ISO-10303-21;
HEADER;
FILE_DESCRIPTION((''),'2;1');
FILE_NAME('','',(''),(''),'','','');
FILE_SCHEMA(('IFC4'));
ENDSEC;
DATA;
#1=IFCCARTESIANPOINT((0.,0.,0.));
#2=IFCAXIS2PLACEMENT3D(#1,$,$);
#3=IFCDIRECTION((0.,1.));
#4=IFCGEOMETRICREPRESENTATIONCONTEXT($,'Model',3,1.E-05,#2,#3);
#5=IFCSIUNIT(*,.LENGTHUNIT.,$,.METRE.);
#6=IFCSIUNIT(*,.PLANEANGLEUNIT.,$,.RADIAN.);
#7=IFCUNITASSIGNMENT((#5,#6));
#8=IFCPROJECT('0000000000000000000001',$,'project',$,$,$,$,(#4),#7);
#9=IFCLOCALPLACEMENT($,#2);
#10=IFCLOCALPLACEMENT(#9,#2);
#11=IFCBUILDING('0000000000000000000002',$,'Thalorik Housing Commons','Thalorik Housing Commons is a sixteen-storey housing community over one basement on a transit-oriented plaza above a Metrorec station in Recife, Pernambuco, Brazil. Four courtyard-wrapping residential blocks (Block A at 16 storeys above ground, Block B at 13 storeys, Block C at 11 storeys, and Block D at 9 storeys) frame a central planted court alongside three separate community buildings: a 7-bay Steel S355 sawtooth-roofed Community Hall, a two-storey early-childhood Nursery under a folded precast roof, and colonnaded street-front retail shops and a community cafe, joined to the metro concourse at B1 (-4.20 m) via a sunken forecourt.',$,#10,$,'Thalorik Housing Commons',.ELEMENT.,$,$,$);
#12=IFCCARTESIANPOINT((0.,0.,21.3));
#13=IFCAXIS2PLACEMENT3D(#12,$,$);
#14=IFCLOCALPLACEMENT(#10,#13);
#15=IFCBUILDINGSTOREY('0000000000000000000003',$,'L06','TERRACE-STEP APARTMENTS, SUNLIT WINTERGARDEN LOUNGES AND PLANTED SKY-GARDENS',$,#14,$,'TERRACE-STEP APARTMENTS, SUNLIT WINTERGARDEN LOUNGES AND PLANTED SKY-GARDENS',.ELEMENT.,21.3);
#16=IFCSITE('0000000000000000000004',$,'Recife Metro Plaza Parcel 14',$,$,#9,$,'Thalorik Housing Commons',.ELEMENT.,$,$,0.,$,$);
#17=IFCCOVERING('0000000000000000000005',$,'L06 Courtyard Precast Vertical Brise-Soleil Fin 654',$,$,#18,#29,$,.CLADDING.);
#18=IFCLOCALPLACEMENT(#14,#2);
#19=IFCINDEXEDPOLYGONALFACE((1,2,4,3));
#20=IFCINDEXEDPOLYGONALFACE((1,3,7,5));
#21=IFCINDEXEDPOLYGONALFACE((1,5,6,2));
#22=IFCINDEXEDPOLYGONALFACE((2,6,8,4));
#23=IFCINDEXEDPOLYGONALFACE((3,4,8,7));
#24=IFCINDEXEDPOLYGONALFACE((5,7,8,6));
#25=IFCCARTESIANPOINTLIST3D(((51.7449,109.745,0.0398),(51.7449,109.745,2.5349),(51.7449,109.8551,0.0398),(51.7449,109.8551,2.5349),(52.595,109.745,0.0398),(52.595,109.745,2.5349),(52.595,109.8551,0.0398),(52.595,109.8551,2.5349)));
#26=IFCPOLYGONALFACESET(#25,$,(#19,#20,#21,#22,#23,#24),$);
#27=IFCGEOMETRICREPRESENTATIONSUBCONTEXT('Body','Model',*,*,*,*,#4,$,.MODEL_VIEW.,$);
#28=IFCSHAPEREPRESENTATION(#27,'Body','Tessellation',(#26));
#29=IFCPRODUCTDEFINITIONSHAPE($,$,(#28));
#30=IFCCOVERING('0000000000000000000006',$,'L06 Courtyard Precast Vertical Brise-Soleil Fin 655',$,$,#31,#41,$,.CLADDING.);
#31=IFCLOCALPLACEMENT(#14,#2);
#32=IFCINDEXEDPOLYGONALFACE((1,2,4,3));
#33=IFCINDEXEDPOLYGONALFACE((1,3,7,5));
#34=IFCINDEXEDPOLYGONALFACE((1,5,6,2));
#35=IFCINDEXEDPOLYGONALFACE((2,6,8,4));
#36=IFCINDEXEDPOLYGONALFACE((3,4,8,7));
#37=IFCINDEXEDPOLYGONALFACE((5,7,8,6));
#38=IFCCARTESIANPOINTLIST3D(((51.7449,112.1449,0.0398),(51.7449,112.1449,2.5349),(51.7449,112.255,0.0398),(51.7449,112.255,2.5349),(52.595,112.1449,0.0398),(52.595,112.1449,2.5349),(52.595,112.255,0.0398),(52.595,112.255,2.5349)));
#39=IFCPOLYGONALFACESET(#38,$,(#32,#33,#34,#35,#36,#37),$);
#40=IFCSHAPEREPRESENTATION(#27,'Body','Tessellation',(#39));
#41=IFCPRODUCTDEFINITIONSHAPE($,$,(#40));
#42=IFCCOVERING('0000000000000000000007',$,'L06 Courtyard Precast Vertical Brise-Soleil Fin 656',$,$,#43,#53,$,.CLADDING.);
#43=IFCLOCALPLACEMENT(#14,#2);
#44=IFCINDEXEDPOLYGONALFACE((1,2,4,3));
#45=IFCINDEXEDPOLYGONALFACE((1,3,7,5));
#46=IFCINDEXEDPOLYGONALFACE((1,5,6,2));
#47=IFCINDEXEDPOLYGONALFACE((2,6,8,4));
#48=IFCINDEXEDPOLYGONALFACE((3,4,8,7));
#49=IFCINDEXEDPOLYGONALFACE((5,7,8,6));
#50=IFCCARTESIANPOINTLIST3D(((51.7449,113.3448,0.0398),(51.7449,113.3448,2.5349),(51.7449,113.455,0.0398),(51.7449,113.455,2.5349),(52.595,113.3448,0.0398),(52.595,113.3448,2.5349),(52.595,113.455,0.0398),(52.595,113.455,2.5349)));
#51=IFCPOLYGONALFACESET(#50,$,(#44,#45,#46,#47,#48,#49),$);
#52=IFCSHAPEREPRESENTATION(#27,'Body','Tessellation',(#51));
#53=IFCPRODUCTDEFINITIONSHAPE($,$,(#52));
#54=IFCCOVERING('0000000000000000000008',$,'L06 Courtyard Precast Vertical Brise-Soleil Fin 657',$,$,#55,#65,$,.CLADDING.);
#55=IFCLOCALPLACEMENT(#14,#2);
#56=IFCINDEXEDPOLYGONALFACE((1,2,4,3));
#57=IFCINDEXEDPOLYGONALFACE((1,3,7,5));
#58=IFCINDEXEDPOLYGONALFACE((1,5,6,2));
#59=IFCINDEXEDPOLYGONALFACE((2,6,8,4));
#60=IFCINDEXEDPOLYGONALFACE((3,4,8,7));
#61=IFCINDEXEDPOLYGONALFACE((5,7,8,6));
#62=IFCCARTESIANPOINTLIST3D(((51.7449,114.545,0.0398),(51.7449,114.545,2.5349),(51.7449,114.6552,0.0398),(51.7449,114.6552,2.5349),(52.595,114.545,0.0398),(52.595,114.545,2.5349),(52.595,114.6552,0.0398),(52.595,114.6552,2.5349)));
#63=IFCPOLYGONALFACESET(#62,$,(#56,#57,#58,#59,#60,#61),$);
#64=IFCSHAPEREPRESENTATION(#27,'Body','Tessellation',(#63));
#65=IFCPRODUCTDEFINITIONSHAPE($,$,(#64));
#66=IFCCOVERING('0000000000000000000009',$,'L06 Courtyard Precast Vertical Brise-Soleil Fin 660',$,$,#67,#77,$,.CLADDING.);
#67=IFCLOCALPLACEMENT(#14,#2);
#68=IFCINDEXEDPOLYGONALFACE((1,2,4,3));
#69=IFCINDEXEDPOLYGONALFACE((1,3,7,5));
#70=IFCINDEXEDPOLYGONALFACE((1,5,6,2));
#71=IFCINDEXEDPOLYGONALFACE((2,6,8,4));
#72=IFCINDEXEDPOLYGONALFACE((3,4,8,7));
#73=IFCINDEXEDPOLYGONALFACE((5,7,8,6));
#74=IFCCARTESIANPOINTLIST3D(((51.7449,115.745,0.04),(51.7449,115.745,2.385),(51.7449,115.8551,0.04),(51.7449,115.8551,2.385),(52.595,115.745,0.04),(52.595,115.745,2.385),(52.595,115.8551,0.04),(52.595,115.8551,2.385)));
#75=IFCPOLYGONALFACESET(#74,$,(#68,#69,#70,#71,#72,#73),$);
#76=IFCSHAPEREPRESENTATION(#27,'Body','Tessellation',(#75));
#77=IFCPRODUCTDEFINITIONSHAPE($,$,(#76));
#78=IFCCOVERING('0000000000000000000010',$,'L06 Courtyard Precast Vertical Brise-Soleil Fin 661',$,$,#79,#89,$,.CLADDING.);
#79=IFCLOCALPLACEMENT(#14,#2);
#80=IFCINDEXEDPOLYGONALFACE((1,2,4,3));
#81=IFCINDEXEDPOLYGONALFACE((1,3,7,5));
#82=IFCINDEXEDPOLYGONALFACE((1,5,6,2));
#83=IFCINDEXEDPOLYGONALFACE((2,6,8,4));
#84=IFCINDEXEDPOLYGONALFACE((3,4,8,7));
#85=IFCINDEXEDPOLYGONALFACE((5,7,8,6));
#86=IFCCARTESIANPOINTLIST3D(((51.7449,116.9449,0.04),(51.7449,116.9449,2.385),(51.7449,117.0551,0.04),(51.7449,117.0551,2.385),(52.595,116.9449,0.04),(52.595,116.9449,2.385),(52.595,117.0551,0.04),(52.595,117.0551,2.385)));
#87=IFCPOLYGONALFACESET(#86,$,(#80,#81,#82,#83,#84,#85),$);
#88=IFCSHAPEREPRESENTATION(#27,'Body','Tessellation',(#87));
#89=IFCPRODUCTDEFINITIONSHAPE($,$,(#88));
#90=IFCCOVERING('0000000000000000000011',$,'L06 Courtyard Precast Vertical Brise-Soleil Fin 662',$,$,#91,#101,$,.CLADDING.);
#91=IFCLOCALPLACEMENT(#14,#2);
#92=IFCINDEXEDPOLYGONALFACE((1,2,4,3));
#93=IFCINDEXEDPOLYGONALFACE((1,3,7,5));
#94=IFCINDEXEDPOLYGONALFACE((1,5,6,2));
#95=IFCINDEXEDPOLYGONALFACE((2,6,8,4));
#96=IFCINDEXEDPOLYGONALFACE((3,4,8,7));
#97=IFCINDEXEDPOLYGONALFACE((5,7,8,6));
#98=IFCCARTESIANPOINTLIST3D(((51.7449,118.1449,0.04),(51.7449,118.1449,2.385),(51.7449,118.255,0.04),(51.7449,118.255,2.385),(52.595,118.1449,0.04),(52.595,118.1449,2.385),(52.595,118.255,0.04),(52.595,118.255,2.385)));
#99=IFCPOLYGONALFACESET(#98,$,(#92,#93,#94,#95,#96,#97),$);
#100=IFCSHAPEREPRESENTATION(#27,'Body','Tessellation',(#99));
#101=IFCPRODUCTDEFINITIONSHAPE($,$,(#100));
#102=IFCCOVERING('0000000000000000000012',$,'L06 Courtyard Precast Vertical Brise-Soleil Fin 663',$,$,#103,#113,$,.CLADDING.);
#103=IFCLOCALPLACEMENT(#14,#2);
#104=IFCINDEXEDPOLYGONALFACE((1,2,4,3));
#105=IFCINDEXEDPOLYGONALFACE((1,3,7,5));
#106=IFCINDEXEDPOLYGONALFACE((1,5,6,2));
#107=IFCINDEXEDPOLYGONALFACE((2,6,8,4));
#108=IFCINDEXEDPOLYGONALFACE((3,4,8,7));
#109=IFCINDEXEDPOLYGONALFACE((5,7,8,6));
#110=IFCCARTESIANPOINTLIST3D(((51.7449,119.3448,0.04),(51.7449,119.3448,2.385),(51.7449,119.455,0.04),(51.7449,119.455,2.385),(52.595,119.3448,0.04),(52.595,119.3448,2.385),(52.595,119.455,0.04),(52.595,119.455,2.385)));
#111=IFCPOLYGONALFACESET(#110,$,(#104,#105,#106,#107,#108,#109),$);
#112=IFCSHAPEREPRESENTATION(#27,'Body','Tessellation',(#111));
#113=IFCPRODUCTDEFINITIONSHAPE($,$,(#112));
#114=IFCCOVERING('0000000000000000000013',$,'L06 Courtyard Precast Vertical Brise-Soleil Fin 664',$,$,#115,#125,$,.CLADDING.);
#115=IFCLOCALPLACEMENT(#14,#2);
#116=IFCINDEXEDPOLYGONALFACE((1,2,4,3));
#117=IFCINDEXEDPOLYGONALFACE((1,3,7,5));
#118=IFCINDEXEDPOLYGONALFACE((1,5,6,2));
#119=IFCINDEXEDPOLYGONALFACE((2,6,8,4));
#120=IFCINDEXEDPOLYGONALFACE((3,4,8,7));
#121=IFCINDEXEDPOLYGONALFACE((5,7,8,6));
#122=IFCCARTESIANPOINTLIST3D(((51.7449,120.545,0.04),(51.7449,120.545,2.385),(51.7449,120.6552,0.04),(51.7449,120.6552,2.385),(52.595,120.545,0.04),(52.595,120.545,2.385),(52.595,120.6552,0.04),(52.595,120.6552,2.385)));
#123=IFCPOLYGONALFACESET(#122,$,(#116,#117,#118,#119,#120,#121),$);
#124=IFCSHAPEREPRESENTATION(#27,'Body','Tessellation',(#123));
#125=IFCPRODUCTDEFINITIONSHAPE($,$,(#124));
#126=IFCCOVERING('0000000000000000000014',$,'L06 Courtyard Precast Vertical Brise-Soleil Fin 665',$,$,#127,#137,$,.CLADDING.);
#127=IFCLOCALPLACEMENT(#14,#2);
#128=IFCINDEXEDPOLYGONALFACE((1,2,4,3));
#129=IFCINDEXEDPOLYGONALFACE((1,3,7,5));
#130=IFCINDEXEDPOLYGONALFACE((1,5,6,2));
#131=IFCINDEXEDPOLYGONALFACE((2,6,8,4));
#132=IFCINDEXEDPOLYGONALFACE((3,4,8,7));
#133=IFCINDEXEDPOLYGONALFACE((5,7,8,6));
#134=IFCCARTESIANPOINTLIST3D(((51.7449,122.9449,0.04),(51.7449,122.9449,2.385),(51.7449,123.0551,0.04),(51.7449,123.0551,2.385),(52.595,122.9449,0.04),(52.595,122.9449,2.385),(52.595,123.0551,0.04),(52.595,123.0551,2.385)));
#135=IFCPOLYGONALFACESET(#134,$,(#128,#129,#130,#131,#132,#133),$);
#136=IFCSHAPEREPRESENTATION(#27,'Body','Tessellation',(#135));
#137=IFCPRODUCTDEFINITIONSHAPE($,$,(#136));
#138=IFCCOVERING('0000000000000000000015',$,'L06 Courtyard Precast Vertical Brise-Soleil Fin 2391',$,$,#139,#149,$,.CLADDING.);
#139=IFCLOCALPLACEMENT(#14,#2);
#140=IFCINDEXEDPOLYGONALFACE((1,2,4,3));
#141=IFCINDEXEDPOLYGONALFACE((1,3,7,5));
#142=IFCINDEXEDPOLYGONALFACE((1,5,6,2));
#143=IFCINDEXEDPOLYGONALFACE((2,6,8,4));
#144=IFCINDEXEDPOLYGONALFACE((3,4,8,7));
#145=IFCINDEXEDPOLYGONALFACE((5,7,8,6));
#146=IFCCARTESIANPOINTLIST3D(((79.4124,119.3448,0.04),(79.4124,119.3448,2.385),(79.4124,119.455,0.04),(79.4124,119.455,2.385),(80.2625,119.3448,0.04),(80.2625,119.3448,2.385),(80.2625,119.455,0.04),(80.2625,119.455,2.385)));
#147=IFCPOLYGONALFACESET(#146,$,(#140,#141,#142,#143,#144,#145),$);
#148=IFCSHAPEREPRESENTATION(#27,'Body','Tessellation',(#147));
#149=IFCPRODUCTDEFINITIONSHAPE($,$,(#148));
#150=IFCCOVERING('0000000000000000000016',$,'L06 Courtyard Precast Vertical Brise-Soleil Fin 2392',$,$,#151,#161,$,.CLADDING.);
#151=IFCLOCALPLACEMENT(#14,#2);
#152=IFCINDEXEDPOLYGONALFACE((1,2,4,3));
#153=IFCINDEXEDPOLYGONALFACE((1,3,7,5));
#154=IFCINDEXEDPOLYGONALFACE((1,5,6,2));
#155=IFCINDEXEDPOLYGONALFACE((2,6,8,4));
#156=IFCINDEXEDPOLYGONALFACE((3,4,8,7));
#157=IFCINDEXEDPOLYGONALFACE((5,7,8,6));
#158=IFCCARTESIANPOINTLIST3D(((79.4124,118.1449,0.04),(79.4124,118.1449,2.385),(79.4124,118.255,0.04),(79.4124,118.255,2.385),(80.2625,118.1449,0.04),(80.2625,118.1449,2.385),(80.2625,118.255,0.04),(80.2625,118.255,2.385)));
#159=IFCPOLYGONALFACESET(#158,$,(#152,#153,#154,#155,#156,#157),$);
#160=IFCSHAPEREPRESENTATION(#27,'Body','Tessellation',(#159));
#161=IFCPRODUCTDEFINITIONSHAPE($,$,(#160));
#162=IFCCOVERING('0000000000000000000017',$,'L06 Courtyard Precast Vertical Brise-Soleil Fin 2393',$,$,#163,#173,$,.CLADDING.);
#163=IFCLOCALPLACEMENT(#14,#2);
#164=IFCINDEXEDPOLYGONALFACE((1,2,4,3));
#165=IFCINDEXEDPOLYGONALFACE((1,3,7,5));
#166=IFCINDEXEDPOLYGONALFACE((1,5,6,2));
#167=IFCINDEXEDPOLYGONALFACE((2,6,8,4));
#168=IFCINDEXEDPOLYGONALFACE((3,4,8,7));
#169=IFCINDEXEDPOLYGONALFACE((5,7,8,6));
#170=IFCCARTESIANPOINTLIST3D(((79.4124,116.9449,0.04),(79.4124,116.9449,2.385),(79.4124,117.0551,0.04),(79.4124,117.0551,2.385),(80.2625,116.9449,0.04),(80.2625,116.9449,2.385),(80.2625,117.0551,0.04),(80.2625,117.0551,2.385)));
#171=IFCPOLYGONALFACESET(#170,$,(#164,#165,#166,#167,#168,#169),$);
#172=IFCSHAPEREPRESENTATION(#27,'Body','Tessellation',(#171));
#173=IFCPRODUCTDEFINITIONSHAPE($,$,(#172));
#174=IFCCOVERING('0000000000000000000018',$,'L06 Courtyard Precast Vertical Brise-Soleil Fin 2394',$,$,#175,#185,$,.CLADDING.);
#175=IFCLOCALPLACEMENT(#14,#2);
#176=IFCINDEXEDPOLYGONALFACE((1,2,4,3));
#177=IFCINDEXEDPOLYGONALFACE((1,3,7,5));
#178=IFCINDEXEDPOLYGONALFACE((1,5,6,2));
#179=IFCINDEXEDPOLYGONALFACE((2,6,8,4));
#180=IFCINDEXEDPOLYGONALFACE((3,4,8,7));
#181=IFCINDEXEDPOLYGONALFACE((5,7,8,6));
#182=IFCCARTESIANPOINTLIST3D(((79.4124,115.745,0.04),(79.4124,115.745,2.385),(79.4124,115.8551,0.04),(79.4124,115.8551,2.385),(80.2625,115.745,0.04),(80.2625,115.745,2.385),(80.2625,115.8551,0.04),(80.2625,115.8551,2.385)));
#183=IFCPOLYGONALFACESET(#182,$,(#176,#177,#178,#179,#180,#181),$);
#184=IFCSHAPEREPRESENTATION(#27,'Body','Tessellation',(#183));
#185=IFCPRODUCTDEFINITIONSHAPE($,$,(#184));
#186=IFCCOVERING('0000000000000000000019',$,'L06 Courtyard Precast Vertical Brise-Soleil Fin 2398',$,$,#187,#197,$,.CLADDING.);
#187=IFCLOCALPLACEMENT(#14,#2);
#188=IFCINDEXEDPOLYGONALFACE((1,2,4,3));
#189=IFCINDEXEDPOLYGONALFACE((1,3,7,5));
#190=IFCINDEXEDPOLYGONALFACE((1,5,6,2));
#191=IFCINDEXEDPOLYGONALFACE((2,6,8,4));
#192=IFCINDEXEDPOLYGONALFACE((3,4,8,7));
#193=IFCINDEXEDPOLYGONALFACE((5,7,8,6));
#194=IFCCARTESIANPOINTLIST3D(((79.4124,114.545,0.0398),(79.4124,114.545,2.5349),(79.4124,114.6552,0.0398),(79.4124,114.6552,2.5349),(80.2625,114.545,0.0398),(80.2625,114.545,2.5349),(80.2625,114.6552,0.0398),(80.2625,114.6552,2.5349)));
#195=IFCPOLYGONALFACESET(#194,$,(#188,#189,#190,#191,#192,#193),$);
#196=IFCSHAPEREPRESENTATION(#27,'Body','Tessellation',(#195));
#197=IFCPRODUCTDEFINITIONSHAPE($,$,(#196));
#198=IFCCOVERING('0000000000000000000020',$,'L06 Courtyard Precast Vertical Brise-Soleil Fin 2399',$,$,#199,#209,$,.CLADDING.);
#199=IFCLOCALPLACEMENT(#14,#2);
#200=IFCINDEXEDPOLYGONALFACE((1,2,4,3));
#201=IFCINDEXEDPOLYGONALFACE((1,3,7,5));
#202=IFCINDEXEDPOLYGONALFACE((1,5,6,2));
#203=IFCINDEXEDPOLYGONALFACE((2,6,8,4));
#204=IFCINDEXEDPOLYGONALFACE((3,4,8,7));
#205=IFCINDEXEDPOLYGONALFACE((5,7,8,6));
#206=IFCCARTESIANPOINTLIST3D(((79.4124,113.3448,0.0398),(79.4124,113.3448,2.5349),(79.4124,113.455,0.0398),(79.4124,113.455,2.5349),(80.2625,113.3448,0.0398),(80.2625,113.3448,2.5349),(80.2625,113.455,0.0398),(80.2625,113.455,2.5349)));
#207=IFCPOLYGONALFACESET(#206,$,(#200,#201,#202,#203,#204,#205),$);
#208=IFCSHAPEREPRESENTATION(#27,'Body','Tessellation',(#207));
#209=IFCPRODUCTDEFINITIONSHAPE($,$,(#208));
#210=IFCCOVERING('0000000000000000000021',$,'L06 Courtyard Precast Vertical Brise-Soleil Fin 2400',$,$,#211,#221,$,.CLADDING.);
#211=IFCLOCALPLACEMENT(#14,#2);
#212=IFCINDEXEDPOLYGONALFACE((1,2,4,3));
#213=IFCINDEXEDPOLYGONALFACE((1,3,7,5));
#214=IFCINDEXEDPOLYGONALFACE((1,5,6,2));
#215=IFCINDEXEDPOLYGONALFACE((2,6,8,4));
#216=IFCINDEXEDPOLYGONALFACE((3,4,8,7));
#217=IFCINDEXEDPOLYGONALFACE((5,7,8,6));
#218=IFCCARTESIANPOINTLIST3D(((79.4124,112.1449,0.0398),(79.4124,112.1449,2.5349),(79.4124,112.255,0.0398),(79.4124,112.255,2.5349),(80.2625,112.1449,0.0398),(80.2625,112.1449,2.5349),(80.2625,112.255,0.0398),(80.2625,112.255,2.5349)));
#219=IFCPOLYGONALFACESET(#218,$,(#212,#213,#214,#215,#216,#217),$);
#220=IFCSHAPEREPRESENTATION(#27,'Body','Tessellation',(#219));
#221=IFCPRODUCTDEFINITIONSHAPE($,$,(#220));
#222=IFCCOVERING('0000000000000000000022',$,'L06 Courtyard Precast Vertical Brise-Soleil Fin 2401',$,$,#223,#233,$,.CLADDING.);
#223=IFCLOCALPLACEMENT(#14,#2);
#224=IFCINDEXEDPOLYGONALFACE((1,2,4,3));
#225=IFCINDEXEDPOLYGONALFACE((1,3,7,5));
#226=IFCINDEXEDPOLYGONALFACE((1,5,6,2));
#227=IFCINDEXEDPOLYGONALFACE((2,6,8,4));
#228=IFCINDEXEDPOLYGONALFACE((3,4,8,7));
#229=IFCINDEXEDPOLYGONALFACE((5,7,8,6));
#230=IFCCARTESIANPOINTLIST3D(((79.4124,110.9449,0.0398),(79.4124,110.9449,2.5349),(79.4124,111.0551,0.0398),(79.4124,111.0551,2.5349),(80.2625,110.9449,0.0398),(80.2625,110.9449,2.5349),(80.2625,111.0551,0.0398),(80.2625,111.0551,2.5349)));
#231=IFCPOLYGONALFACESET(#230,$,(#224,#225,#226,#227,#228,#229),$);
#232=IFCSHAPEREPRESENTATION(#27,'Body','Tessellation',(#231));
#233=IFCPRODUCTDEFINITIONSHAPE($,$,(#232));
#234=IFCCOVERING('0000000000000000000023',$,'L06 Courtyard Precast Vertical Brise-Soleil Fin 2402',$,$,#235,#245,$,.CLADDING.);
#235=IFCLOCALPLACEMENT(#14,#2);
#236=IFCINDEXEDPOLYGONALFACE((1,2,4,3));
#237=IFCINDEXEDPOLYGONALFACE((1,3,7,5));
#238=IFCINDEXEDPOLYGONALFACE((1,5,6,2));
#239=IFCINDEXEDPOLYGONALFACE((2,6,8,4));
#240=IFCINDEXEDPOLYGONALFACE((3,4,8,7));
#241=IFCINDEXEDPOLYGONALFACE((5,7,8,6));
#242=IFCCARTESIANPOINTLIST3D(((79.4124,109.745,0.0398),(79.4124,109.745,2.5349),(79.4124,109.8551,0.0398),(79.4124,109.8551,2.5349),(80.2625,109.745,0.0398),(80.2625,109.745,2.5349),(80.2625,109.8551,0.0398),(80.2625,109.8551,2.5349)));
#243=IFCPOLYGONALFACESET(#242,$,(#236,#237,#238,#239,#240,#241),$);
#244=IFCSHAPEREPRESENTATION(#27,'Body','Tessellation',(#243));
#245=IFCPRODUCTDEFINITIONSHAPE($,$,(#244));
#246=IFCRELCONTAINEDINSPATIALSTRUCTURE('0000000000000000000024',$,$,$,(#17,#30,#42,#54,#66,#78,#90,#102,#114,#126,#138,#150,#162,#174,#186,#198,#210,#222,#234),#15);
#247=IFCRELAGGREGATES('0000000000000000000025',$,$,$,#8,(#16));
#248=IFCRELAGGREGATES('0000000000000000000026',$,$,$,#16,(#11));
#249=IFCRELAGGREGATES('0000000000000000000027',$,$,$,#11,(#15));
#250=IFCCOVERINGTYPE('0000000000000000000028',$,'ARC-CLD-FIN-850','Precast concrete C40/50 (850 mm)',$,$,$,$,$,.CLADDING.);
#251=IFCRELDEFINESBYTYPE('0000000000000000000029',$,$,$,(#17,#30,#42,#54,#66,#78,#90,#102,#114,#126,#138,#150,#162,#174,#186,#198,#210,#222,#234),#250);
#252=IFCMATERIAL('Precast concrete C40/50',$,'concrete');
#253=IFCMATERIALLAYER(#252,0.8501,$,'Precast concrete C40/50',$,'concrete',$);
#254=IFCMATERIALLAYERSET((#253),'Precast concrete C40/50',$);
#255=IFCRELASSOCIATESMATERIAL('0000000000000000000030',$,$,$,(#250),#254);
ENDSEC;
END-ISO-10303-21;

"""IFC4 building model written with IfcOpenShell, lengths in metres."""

from ifc_helpers import new_model, si_unit, direction, frame, origin, origin_2d, place, context, subcontext, project, spatial, rectangle, extrude, material, layer, layer_set, type_object, element, save


model = new_model("IFC4")

# Units and contexts
model_context = context("Model", 3, precision=1e-05, world=origin(), true_north=direction((0.0, 1.0)))
body_context = subcontext(model_context, "Body", "Model", "MODEL_VIEW")
ifc_project = project(units=[si_unit("LENGTHUNIT", "METRE"), si_unit("PLANEANGLEUNIT", "RADIAN")], contexts=[model_context])

# Site, building, storey
site_placement = place(None, origin())
site = spatial("IfcSite", under=ifc_project, at=site_placement, Name="Recife Metro Plaza Parcel 14", LongName="Thalorik Housing Commons", CompositionType="ELEMENT", RefElevation=0.0)
building_placement = place(site_placement, origin())
building = spatial("IfcBuilding", under=site, at=building_placement, Name="Thalorik Housing Commons", Description="Thalorik Housing Commons is a sixteen-storey housing community over one basement on a transit-oriented plaza above a Metrorec station in Recife, Pernambuco, Brazil. Four courtyard-wrapping residential blocks (Block A at 16 storeys above ground, Block B at 13 storeys, Block C at 11 storeys, and Block D at 9 storeys) frame a central planted court alongside three separate community buildings: a 7-bay Steel S355 sawtooth-roofed Community Hall, a two-storey early-childhood Nursery under a folded precast roof, and colonnaded street-front retail shops and a community cafe, joined to the metro concourse at B1 (-4.20 m) via a sunken forecourt.", LongName="Thalorik Housing Commons", CompositionType="ELEMENT")
storey_placement = place(building_placement, frame((0.0, 0.0, 21.3)))
storey = spatial("IfcBuildingStorey", under=building, at=storey_placement, Name="L06", Description="TERRACE-STEP APARTMENTS, SUNLIT WINTERGARDEN LOUNGES AND PLANTED SKY-GARDENS", LongName="TERRACE-STEP APARTMENTS, SUNLIT WINTERGARDEN LOUNGES AND PLANTED SKY-GARDENS", CompositionType="ELEMENT", Elevation=21.3)

# Coverings
ifc_material_1 = material(Name="Precast concrete C40/50", Category="concrete")
ifc_layer_1 = layer(ifc_material_1, 0.8501, Name="Precast concrete C40/50", Category="concrete")
ifc_layer_set_1 = layer_set([ifc_layer_1], Name="Precast concrete C40/50")
covering_type_1 = type_object("IfcCoveringType", Name="ARC-CLD-FIN-850", Description="Precast concrete C40/50 (850 mm)", PredefinedType="CLADDING", material=ifc_layer_set_1)
for number, where, z_axis, x_axis, name in (
    (1, (52.1699, 109.8, 0.0398), (0.0, 0.0, 1.0), (0.0, 1.0, 0.0), "L06 Courtyard Precast Vertical Brise-Soleil Fin 654"),
    (2, (52.1699, 112.2, 0.0398), (0.0, 0.0, 1.0), (0.0, 1.0, 0.0), "L06 Courtyard Precast Vertical Brise-Soleil Fin 655"),
    (3, (52.1699, 113.3999, 0.0398), (0.0, 0.0, 1.0), (0.0, 1.0, 0.0), "L06 Courtyard Precast Vertical Brise-Soleil Fin 656"),
    (4, (52.1699, 114.6001, 0.0398), (0.0, 0.0, 1.0), (0.0, 1.0, 0.0), "L06 Courtyard Precast Vertical Brise-Soleil Fin 657"),
):
    element("IfcCovering", number, at=place(storey_placement, frame(where, z_axis=z_axis, x_axis=x_axis)), inside=storey, type_object=covering_type_1, Name=name, PredefinedType="CLADDING", context=body_context, shape_type="SweptSolid", body=[
        extrude(rectangle(XDim=0.1101, YDim=0.8501, at=origin_2d()), origin(), (0.0, 0.0, 1.0), 2.4951),
    ])
for number, where, z_axis, x_axis, name in (
    (5, (52.1699, 115.8, 0.04), (0.0, 0.0, 1.0), (0.0, 1.0, 0.0), "L06 Courtyard Precast Vertical Brise-Soleil Fin 660"),
    (6, (52.1699, 117.0, 0.04), (0.0, 0.0, 1.0), (0.0, 1.0, 0.0), "L06 Courtyard Precast Vertical Brise-Soleil Fin 661"),
    (7, (52.1699, 118.2, 0.04), (0.0, 0.0, 1.0), (0.0, 1.0, 0.0), "L06 Courtyard Precast Vertical Brise-Soleil Fin 662"),
    (8, (52.1699, 119.3999, 0.04), (0.0, 0.0, 1.0), (0.0, 1.0, 0.0), "L06 Courtyard Precast Vertical Brise-Soleil Fin 663"),
    (9, (52.1699, 120.6001, 0.04), (0.0, 0.0, 1.0), (0.0, 1.0, 0.0), "L06 Courtyard Precast Vertical Brise-Soleil Fin 664"),
    (10, (52.1699, 123.0, 0.04), (0.0, 0.0, 1.0), (0.0, 1.0, 0.0), "L06 Courtyard Precast Vertical Brise-Soleil Fin 665"),
    (11, (79.8374, 119.3999, 0.04), (0.0, 0.0, 1.0), (0.0, -1.0, 0.0), "L06 Courtyard Precast Vertical Brise-Soleil Fin 2391"),
    (12, (79.8374, 118.2, 0.04), (0.0, 0.0, 1.0), (0.0, -1.0, 0.0), "L06 Courtyard Precast Vertical Brise-Soleil Fin 2392"),
    (13, (79.8374, 117.0, 0.04), (0.0, 0.0, 1.0), (0.0, -1.0, 0.0), "L06 Courtyard Precast Vertical Brise-Soleil Fin 2393"),
    (14, (79.8374, 115.8, 0.04), (0.0, 0.0, 1.0), (0.0, -1.0, 0.0), "L06 Courtyard Precast Vertical Brise-Soleil Fin 2394"),
):
    element("IfcCovering", number, at=place(storey_placement, frame(where, z_axis=z_axis, x_axis=x_axis)), inside=storey, type_object=covering_type_1, Name=name, PredefinedType="CLADDING", context=body_context, shape_type="SweptSolid", body=[
        extrude(rectangle(XDim=0.1101, YDim=0.8501, at=origin_2d()), origin(), (0.0, 0.0, 1.0), 2.345),
    ])
for number, where, z_axis, x_axis, name in (
    (15, (79.8374, 114.6001, 0.0398), (0.0, 0.0, 1.0), (0.0, -1.0, 0.0), "L06 Courtyard Precast Vertical Brise-Soleil Fin 2398"),
    (16, (79.8374, 113.3999, 0.0398), (0.0, 0.0, 1.0), (0.0, -1.0, 0.0), "L06 Courtyard Precast Vertical Brise-Soleil Fin 2399"),
    (17, (79.8374, 112.2, 0.0398), (0.0, 0.0, 1.0), (0.0, -1.0, 0.0), "L06 Courtyard Precast Vertical Brise-Soleil Fin 2400"),
    (18, (79.8374, 111.0, 0.0398), (0.0, 0.0, 1.0), (0.0, -1.0, 0.0), "L06 Courtyard Precast Vertical Brise-Soleil Fin 2401"),
    (19, (79.8374, 109.8, 0.0398), (0.0, 0.0, 1.0), (0.0, -1.0, 0.0), "L06 Courtyard Precast Vertical Brise-Soleil Fin 2402"),
):
    element("IfcCovering", number, at=place(storey_placement, frame(where, z_axis=z_axis, x_axis=x_axis)), inside=storey, type_object=covering_type_1, Name=name, PredefinedType="CLADDING", context=body_context, shape_type="SweptSolid", body=[
        extrude(rectangle(XDim=0.1101, YDim=0.8501, at=origin_2d()), origin(), (0.0, 0.0, 1.0), 2.4951),
    ])

save(model, "model.ifc")
